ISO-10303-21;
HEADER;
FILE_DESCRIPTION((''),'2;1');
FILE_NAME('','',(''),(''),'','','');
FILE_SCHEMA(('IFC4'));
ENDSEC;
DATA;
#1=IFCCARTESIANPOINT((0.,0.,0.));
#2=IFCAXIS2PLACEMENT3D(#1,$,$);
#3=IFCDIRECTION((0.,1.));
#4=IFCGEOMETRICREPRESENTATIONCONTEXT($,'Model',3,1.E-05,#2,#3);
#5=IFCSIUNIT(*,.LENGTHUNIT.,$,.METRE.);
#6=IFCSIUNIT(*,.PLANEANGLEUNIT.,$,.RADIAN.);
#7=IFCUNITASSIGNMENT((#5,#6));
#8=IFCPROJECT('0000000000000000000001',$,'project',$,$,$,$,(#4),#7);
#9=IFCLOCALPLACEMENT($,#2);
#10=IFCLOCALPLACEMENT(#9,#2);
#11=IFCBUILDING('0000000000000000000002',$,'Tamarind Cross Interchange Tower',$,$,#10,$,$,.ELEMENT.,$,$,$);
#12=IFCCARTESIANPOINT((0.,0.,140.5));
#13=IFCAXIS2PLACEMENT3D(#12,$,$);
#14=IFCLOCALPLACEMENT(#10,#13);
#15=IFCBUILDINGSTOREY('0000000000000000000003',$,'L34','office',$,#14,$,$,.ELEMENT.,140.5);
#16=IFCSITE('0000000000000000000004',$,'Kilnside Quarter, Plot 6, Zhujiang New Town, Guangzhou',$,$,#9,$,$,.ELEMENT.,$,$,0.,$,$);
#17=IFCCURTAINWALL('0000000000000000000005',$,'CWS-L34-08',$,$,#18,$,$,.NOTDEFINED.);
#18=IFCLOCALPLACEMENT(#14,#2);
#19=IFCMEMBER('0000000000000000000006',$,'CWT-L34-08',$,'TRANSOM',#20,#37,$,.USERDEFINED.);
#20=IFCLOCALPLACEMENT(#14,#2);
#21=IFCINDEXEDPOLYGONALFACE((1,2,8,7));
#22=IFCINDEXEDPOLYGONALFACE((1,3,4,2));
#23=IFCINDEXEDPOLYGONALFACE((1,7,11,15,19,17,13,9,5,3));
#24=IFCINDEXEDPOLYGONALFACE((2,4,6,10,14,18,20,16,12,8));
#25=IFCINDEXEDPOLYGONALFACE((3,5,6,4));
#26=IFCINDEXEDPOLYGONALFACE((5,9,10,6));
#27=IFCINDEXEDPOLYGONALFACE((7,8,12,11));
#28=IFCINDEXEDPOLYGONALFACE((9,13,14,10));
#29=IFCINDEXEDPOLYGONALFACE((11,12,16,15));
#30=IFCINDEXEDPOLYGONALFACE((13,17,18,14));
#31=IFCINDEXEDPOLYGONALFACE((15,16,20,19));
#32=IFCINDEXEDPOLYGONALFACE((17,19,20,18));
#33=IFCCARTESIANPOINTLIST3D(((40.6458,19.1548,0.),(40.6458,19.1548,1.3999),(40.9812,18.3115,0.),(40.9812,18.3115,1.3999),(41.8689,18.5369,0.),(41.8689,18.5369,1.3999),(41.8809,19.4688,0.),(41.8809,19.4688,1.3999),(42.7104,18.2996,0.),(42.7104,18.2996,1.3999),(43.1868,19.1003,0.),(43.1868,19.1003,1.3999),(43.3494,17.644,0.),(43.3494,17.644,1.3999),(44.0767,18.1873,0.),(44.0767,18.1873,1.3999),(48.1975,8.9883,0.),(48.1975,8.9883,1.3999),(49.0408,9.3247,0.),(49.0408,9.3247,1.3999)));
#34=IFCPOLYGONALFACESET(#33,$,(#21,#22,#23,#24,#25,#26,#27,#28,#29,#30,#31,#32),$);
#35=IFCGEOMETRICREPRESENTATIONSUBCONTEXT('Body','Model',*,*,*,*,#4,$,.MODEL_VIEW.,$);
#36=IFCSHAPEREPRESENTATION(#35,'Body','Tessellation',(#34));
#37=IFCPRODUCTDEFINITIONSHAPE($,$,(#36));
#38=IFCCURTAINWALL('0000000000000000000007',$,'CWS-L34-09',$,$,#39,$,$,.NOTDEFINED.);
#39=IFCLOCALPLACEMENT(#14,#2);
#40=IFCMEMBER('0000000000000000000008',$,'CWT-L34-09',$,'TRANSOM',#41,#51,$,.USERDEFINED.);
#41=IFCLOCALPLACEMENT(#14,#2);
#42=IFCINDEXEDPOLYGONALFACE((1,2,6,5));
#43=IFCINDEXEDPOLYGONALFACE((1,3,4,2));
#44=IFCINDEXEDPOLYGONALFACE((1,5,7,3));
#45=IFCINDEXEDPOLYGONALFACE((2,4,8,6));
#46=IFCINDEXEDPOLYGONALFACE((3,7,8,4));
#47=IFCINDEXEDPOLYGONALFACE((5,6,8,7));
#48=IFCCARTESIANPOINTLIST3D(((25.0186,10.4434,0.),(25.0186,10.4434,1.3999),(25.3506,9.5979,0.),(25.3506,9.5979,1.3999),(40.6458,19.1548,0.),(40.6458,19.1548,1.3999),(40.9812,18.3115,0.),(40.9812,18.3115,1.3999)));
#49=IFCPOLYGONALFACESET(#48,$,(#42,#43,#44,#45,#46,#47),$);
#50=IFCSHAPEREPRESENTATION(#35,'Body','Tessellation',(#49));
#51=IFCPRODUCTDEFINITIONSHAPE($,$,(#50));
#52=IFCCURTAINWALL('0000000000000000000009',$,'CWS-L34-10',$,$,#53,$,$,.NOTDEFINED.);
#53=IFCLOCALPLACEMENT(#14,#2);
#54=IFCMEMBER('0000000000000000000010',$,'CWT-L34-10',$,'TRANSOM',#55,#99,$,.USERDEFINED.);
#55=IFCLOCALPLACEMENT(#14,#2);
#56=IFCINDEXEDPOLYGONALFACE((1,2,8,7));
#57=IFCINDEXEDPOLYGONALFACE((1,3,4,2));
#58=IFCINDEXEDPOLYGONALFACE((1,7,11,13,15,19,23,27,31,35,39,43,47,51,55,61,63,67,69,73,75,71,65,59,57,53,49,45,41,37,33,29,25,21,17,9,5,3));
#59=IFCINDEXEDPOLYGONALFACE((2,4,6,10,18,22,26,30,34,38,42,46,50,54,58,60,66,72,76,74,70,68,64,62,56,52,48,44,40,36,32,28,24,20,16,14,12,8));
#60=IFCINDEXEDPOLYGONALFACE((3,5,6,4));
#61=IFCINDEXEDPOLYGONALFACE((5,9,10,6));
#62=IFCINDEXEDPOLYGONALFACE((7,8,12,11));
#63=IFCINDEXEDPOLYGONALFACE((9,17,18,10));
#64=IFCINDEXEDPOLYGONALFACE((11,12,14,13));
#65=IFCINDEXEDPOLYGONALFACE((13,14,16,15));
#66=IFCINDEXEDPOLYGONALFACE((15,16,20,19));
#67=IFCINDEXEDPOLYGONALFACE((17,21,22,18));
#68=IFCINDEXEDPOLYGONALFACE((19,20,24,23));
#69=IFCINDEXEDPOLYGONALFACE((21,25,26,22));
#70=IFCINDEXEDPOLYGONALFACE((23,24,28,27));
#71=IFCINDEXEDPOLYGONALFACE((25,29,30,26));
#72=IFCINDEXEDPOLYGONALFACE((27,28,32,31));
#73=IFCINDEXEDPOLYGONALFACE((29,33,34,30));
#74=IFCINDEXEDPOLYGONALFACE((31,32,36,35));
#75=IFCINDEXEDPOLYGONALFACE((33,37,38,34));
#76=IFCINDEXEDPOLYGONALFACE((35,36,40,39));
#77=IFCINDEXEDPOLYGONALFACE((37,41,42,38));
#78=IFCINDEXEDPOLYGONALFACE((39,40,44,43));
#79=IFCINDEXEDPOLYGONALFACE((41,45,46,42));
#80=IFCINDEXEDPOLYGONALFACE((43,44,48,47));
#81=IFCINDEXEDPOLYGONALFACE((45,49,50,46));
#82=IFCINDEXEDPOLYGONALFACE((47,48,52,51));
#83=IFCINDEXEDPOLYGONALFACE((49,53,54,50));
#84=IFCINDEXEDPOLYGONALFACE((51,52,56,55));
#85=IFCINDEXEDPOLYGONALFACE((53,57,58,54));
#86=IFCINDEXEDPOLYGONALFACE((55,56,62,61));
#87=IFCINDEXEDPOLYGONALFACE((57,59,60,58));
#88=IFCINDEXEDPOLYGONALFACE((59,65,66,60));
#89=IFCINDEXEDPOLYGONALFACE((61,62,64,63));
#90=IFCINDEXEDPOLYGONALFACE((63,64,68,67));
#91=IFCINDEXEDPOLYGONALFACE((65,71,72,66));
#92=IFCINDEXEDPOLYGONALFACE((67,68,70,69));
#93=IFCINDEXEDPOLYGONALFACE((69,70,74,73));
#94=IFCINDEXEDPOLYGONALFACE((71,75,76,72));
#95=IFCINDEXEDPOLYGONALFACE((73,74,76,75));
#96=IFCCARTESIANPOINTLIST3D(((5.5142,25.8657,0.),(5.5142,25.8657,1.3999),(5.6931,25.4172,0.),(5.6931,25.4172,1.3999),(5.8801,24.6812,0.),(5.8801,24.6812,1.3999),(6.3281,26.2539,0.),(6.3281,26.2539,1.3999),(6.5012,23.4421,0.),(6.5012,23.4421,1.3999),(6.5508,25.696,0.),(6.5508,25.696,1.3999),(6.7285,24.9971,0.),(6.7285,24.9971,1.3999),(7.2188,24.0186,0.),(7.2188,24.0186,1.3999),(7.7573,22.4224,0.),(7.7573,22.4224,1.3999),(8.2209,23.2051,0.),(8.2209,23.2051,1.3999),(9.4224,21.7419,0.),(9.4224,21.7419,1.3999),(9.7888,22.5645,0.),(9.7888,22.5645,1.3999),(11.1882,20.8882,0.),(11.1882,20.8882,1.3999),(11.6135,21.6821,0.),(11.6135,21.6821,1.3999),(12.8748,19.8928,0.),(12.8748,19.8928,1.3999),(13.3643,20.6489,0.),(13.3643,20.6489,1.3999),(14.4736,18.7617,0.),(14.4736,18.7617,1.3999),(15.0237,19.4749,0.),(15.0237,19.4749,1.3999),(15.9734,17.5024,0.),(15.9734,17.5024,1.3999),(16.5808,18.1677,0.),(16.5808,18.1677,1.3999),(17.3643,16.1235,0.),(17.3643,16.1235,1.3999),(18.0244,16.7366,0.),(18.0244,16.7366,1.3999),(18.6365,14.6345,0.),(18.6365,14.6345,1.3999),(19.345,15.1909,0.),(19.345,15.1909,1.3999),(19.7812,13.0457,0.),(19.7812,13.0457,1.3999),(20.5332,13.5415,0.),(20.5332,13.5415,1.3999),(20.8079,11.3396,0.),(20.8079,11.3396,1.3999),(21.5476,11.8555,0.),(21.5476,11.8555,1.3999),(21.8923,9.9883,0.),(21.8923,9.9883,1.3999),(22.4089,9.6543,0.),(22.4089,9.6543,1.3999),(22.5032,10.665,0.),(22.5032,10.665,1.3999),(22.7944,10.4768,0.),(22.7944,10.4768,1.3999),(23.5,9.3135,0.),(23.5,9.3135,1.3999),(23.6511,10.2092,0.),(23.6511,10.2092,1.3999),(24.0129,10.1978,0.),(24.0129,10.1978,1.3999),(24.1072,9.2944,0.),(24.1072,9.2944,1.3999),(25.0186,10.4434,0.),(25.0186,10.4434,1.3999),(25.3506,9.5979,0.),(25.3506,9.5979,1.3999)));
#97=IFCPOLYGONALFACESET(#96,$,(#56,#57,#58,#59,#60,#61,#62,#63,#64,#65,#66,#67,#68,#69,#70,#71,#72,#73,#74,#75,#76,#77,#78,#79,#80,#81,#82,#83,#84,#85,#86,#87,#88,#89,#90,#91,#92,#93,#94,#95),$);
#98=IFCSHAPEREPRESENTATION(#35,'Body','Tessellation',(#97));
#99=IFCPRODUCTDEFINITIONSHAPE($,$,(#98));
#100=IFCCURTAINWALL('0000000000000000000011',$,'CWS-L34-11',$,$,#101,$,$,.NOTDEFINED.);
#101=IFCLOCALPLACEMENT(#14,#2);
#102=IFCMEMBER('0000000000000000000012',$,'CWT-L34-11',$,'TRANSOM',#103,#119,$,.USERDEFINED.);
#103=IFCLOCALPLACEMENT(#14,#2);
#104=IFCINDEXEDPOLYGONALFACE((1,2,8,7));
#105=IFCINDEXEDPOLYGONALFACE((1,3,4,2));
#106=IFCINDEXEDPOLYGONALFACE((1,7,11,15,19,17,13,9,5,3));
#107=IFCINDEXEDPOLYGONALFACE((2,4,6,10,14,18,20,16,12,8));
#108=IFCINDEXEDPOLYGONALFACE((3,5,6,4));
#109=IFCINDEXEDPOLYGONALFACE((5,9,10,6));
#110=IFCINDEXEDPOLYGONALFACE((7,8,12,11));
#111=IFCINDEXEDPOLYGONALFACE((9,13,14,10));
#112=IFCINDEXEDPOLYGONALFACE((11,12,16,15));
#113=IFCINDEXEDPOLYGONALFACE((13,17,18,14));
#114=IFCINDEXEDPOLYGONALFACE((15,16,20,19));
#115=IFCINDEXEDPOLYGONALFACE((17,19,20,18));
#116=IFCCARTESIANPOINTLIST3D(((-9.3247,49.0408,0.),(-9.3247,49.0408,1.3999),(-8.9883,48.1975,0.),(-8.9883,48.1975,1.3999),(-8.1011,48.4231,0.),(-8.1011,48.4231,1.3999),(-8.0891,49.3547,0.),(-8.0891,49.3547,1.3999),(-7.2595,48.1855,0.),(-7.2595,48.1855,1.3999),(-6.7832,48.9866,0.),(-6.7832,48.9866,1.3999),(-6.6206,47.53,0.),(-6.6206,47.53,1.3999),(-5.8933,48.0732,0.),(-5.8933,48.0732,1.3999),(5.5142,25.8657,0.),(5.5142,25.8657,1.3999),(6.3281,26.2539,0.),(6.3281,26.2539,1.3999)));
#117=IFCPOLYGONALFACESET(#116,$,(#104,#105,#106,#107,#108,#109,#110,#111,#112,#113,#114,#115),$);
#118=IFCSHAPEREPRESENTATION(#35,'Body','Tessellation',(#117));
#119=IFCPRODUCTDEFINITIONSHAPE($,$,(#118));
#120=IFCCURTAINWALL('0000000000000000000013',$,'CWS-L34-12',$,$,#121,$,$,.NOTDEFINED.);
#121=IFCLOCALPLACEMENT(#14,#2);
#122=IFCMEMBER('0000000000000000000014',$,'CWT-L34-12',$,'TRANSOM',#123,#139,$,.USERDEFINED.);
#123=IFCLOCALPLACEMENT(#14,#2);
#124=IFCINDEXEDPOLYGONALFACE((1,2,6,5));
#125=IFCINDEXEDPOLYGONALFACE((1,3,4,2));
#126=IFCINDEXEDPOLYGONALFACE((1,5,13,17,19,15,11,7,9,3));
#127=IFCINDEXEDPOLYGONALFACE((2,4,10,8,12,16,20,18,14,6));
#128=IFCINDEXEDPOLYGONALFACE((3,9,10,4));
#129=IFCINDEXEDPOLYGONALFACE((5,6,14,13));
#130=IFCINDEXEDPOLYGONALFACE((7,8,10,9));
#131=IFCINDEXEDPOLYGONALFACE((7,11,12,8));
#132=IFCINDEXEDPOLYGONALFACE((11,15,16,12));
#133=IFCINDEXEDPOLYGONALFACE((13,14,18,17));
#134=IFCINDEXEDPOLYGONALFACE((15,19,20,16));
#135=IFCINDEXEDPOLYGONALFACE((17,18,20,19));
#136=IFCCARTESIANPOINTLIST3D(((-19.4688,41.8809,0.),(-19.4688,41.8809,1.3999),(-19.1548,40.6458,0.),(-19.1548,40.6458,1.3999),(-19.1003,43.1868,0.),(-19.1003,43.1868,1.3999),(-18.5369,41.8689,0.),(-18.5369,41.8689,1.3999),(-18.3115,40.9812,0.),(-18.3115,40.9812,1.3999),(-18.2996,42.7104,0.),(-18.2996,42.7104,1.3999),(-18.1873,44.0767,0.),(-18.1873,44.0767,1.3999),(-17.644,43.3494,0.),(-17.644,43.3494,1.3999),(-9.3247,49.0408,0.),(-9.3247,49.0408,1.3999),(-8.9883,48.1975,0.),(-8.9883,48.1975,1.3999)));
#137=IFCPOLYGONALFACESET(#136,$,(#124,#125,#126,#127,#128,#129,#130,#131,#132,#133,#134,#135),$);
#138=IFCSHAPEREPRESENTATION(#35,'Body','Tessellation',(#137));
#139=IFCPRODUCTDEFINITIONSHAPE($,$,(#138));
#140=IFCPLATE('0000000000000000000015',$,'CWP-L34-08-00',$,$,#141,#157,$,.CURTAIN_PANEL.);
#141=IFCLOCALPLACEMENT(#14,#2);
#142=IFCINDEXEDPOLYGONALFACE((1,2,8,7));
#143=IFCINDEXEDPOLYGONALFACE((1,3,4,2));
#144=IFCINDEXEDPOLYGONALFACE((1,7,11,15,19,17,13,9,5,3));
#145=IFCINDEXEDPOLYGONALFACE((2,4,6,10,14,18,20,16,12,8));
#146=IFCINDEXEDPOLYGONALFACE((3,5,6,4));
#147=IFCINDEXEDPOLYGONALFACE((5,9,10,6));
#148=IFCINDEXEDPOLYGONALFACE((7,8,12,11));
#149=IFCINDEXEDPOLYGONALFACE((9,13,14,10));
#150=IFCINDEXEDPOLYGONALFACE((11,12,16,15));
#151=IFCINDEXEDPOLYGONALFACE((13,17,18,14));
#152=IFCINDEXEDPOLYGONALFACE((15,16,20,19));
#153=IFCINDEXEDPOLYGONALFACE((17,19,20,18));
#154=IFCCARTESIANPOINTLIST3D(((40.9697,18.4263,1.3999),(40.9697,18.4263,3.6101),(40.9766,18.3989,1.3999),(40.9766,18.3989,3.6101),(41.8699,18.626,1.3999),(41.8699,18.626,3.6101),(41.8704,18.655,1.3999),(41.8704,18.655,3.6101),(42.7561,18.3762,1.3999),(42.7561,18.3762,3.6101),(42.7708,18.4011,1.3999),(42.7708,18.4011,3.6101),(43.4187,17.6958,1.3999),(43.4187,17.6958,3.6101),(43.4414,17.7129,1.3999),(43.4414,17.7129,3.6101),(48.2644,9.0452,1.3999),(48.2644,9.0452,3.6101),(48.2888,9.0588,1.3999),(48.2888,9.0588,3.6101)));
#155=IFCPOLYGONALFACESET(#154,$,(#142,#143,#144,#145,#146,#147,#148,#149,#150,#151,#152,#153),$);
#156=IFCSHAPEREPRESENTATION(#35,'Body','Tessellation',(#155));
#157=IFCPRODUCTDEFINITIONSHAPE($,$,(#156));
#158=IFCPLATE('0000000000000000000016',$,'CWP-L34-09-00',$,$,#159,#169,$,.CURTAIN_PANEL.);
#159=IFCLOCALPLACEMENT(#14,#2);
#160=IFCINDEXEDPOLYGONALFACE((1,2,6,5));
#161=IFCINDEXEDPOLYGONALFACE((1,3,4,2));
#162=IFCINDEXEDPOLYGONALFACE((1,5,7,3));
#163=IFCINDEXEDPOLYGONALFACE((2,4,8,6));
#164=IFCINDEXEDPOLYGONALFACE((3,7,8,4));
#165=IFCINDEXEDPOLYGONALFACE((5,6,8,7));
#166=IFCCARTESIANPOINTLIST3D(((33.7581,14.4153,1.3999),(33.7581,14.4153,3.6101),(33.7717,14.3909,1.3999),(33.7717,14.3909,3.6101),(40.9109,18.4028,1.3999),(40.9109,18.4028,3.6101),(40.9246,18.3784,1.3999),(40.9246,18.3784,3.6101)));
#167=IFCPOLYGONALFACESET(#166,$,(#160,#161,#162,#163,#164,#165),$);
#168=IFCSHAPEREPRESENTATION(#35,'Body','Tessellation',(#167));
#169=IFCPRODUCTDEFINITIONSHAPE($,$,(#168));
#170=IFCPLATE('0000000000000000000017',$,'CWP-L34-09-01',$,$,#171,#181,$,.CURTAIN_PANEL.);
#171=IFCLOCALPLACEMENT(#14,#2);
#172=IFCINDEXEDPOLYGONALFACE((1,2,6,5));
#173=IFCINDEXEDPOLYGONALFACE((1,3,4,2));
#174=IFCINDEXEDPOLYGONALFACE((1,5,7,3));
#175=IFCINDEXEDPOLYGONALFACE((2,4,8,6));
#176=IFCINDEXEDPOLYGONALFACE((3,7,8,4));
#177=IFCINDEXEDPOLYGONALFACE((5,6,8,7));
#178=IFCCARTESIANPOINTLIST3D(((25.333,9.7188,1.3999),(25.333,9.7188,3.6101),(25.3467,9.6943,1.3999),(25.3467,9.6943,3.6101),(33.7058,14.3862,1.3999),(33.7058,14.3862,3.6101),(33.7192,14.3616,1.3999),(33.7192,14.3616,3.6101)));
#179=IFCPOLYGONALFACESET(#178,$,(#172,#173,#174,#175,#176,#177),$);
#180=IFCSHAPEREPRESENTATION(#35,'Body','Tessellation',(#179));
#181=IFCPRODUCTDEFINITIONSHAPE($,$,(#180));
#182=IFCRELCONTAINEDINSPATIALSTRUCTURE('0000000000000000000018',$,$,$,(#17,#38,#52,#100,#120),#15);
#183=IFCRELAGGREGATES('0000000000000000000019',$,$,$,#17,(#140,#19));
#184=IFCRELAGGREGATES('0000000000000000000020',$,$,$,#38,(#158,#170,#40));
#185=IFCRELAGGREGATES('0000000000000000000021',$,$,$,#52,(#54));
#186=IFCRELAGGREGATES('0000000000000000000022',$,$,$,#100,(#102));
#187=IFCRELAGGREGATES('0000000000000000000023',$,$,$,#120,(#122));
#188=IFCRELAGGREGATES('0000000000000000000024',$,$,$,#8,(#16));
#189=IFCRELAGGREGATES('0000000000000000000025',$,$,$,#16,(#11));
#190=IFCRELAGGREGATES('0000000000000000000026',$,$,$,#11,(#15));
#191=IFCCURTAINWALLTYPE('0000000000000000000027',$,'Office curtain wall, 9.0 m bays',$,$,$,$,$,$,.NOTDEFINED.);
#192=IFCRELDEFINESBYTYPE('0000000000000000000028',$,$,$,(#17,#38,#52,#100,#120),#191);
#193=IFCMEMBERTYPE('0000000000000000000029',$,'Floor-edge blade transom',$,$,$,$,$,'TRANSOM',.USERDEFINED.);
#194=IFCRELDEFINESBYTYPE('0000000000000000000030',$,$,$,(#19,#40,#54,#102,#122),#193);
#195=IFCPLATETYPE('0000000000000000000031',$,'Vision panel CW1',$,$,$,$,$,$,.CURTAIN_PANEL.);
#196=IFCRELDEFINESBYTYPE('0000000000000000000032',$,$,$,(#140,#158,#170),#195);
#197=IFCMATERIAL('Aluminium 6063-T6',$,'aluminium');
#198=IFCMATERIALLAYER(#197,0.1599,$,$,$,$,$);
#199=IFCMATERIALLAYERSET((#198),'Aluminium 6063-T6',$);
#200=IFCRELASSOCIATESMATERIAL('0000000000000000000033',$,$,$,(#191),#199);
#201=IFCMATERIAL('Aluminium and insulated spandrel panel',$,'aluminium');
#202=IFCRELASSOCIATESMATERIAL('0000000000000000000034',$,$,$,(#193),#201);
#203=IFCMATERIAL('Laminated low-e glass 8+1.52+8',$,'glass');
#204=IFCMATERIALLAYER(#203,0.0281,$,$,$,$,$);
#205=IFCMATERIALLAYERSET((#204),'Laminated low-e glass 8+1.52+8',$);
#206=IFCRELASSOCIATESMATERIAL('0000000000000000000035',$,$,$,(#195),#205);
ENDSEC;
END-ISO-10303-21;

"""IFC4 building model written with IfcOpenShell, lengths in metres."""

from ifc_helpers import new_model, si_unit, direction, frame, origin, place, context, subcontext, project, spatial, polyline, outline, extrude, material, layer, layer_set, type_object, element, aggregate, save


model = new_model("IFC4")

# Units and contexts
model_context = context("Model", 3, precision=1e-05, world=origin(), true_north=direction((0.0, 1.0)))
body_context = subcontext(model_context, "Body", "Model", "MODEL_VIEW")
ifc_project = project(units=[si_unit("LENGTHUNIT", "METRE"), si_unit("PLANEANGLEUNIT", "RADIAN")], contexts=[model_context])

# Site, building, storey
site_placement = place(None, origin())
site = spatial("IfcSite", under=ifc_project, at=site_placement, Name="Kilnside Quarter, Plot 6, Zhujiang New Town, Guangzhou", CompositionType="ELEMENT", RefElevation=0.0)
building_placement = place(site_placement, origin())
building = spatial("IfcBuilding", under=site, at=building_placement, Name="Tamarind Cross Interchange Tower", CompositionType="ELEMENT")
storey_placement = place(building_placement, frame((0.0, 0.0, 140.5)))
storey = spatial("IfcBuildingStorey", under=building, at=storey_placement, Name="L34", Description="office", CompositionType="ELEMENT", Elevation=140.5)

# Curtain walls, members
ifc_material_1 = material(Name="Aluminium 6063-T6", Category="aluminium")
ifc_layer_1 = layer(ifc_material_1, 0.1599)
ifc_layer_set_1 = layer_set([ifc_layer_1], Name="Aluminium 6063-T6")
curtain_wall_type = type_object("IfcCurtainWallType", Name="Office curtain wall, 9.0 m bays", PredefinedType="NOTDEFINED", material=ifc_layer_set_1)
curtain_wall_1_placement = place(storey_placement, origin())
curtain_wall_1 = element("IfcCurtainWall", 1, at=curtain_wall_1_placement, inside=storey, type_object=curtain_wall_type, Name="CWS-L34-08", PredefinedType="NOTDEFINED")
ifc_material_2 = material(Name="Aluminium and insulated spandrel panel", Category="aluminium")
member_type = type_object("IfcMemberType", Name="Floor-edge blade transom", ElementType="TRANSOM", PredefinedType="USERDEFINED", material=ifc_material_2)
member_1_placement = place(storey_placement, origin())
member_1 = element("IfcMember", 2, at=member_1_placement, type_object=member_type, Name="CWT-L34-08", ObjectType="TRANSOM", PredefinedType="USERDEFINED", context=body_context, shape_type="SweptSolid", body=[
    extrude(outline(polyline([(48.1975, 8.9883), (43.3494, 17.644), (42.7104, 18.2996), (41.8689, 18.5369), (40.9812, 18.3115), (40.6458, 19.1548), (41.8809, 19.4688), (43.1868, 19.1003), (44.0767, 18.1873), (49.0408, 9.3247), (48.1975, 8.9883)])), origin(), (0.0, 0.0, 1.0), 1.3999),
])
curtain_wall_2_placement = place(storey_placement, origin())
curtain_wall_2 = element("IfcCurtainWall", 3, at=curtain_wall_2_placement, inside=storey, type_object=curtain_wall_type, Name="CWS-L34-09", PredefinedType="NOTDEFINED")
member_2_placement = place(storey_placement, origin())
member_2 = element("IfcMember", 4, at=member_2_placement, type_object=member_type, Name="CWT-L34-09", ObjectType="TRANSOM", PredefinedType="USERDEFINED", context=body_context, shape_type="SweptSolid", body=[
    extrude(outline(polyline([(40.9812, 18.3115), (25.3506, 9.5979), (25.0186, 10.4434), (40.6458, 19.1548), (40.9812, 18.3115)])), origin(), (0.0, 0.0, 1.0), 1.3999),
])
curtain_wall_3_placement = place(storey_placement, origin())
curtain_wall_3 = element("IfcCurtainWall", 5, at=curtain_wall_3_placement, inside=storey, type_object=curtain_wall_type, Name="CWS-L34-10", PredefinedType="NOTDEFINED")
member_3_placement = place(storey_placement, origin())
member_3 = element("IfcMember", 6, at=member_3_placement, type_object=member_type, Name="CWT-L34-10", ObjectType="TRANSOM", PredefinedType="USERDEFINED", context=body_context, shape_type="SweptSolid", body=[
    extrude(outline(polyline([(25.3506, 9.5979), (24.1072, 9.2944), (23.5, 9.3135), (22.4089, 9.6543), (21.8923, 9.9883), (20.8079, 11.3396), (19.7812, 13.0457), (18.6365, 14.6345), (17.3643, 16.1235), (15.9734, 17.5024), (14.4736, 18.7617), (12.8748, 19.8928), (11.1882, 20.8882), (9.4224, 21.7419), (7.7573, 22.4224), (6.5012, 23.4421), (5.8801, 24.6812), (5.6931, 25.4172), (5.5142, 25.8657), (6.3281, 26.2539), (6.5508, 25.696), (6.7285, 24.9971), (7.2188, 24.0186), (8.2209, 23.2051), (9.7888, 22.5645), (11.6135, 21.6821), (13.3643, 20.6489), (15.0237, 19.4749), (16.5808, 18.1677), (18.0244, 16.7366), (19.345, 15.1909), (20.5332, 13.5415), (21.5476, 11.8555), (22.5032, 10.665), (22.7944, 10.4768), (23.6511, 10.2092), (24.0129, 10.1978), (25.0186, 10.4434), (25.3506, 9.5979)])), origin(), (0.0, 0.0, 1.0), 1.3999),
])
curtain_wall_4_placement = place(storey_placement, origin())
curtain_wall_4 = element("IfcCurtainWall", 7, at=curtain_wall_4_placement, inside=storey, type_object=curtain_wall_type, Name="CWS-L34-11", PredefinedType="NOTDEFINED")
member_4_placement = place(storey_placement, origin())
member_4 = element("IfcMember", 8, at=member_4_placement, type_object=member_type, Name="CWT-L34-11", ObjectType="TRANSOM", PredefinedType="USERDEFINED", context=body_context, shape_type="SweptSolid", body=[
    extrude(outline(polyline([(5.5142, 25.8657), (-6.6206, 47.53), (-7.2595, 48.1855), (-8.1011, 48.4231), (-8.9883, 48.1975), (-9.3247, 49.0408), (-8.0891, 49.3547), (-6.7832, 48.9866), (-5.8933, 48.0732), (6.3281, 26.2539), (5.5142, 25.8657)])), origin(), (0.0, 0.0, 1.0), 1.3999),
])
curtain_wall_5_placement = place(storey_placement, origin())
curtain_wall_5 = element("IfcCurtainWall", 9, at=curtain_wall_5_placement, inside=storey, type_object=curtain_wall_type, Name="CWS-L34-12", PredefinedType="NOTDEFINED")
member_5_placement = place(storey_placement, origin())
member_5 = element("IfcMember", 10, at=member_5_placement, type_object=member_type, Name="CWT-L34-12", ObjectType="TRANSOM", PredefinedType="USERDEFINED", context=body_context, shape_type="SweptSolid", body=[
    extrude(outline(polyline([(-8.9883, 48.1975), (-17.644, 43.3494), (-18.2996, 42.7104), (-18.5369, 41.8689), (-18.3115, 40.9812), (-19.1548, 40.6458), (-19.4688, 41.8809), (-19.1003, 43.1868), (-18.1873, 44.0767), (-9.3247, 49.0408), (-8.9883, 48.1975)])), origin(), (0.0, 0.0, 1.0), 1.3999),
])

# Plates
ifc_material_3 = material(Name="Laminated low-e glass 8+1.52+8", Category="glass")
ifc_layer_2 = layer(ifc_material_3, 0.0281)
ifc_layer_set_2 = layer_set([ifc_layer_2], Name="Laminated low-e glass 8+1.52+8")
plate_type = type_object("IfcPlateType", Name="Vision panel CW1", PredefinedType="CURTAIN_PANEL", material=ifc_layer_set_2)
plate_1_placement = place(storey_placement, frame((0.0, 0.0, 1.3999)))
plate_1 = element("IfcPlate", 11, at=plate_1_placement, type_object=plate_type, Name="CWP-L34-08-00", PredefinedType="CURTAIN_PANEL", context=body_context, shape_type="SweptSolid", body=[
    extrude(outline(polyline([(48.2644, 9.0452), (43.4187, 17.6958), (42.7561, 18.3762), (41.8699, 18.626), (40.9766, 18.3989), (40.9697, 18.4263), (41.8704, 18.655), (42.7708, 18.4011), (43.4414, 17.7129), (48.2888, 9.0588), (48.2644, 9.0452)])), origin(), (0.0, 0.0, 1.0), 2.2102),
])
aggregate(curtain_wall_1, [plate_1, member_1])
plate_2_placement = place(storey_placement, frame((0.0, 0.0, 1.3999)))
plate_2 = element("IfcPlate", 12, at=plate_2_placement, type_object=plate_type, Name="CWP-L34-09-00", PredefinedType="CURTAIN_PANEL", context=body_context, shape_type="SweptSolid", body=[
    extrude(outline(polyline([(40.9246, 18.3784), (33.7717, 14.3909), (33.7581, 14.4153), (40.9109, 18.4028), (40.9246, 18.3784)])), origin(), (0.0, 0.0, 1.0), 2.2102),
])
plate_3_placement = place(storey_placement, frame((0.0, 0.0, 1.3999)))
plate_3 = element("IfcPlate", 13, at=plate_3_placement, type_object=plate_type, Name="CWP-L34-09-01", PredefinedType="CURTAIN_PANEL", context=body_context, shape_type="SweptSolid", body=[
    extrude(outline(polyline([(33.7192, 14.3616), (25.3467, 9.6943), (25.333, 9.7188), (33.7058, 14.3862), (33.7192, 14.3616)])), origin(), (0.0, 0.0, 1.0), 2.2102),
])
aggregate(curtain_wall_2, [plate_2, plate_3, member_2])
aggregate(curtain_wall_3, [member_3])
aggregate(curtain_wall_4, [member_4])
aggregate(curtain_wall_5, [member_5])

save(model, "model.ifc")
